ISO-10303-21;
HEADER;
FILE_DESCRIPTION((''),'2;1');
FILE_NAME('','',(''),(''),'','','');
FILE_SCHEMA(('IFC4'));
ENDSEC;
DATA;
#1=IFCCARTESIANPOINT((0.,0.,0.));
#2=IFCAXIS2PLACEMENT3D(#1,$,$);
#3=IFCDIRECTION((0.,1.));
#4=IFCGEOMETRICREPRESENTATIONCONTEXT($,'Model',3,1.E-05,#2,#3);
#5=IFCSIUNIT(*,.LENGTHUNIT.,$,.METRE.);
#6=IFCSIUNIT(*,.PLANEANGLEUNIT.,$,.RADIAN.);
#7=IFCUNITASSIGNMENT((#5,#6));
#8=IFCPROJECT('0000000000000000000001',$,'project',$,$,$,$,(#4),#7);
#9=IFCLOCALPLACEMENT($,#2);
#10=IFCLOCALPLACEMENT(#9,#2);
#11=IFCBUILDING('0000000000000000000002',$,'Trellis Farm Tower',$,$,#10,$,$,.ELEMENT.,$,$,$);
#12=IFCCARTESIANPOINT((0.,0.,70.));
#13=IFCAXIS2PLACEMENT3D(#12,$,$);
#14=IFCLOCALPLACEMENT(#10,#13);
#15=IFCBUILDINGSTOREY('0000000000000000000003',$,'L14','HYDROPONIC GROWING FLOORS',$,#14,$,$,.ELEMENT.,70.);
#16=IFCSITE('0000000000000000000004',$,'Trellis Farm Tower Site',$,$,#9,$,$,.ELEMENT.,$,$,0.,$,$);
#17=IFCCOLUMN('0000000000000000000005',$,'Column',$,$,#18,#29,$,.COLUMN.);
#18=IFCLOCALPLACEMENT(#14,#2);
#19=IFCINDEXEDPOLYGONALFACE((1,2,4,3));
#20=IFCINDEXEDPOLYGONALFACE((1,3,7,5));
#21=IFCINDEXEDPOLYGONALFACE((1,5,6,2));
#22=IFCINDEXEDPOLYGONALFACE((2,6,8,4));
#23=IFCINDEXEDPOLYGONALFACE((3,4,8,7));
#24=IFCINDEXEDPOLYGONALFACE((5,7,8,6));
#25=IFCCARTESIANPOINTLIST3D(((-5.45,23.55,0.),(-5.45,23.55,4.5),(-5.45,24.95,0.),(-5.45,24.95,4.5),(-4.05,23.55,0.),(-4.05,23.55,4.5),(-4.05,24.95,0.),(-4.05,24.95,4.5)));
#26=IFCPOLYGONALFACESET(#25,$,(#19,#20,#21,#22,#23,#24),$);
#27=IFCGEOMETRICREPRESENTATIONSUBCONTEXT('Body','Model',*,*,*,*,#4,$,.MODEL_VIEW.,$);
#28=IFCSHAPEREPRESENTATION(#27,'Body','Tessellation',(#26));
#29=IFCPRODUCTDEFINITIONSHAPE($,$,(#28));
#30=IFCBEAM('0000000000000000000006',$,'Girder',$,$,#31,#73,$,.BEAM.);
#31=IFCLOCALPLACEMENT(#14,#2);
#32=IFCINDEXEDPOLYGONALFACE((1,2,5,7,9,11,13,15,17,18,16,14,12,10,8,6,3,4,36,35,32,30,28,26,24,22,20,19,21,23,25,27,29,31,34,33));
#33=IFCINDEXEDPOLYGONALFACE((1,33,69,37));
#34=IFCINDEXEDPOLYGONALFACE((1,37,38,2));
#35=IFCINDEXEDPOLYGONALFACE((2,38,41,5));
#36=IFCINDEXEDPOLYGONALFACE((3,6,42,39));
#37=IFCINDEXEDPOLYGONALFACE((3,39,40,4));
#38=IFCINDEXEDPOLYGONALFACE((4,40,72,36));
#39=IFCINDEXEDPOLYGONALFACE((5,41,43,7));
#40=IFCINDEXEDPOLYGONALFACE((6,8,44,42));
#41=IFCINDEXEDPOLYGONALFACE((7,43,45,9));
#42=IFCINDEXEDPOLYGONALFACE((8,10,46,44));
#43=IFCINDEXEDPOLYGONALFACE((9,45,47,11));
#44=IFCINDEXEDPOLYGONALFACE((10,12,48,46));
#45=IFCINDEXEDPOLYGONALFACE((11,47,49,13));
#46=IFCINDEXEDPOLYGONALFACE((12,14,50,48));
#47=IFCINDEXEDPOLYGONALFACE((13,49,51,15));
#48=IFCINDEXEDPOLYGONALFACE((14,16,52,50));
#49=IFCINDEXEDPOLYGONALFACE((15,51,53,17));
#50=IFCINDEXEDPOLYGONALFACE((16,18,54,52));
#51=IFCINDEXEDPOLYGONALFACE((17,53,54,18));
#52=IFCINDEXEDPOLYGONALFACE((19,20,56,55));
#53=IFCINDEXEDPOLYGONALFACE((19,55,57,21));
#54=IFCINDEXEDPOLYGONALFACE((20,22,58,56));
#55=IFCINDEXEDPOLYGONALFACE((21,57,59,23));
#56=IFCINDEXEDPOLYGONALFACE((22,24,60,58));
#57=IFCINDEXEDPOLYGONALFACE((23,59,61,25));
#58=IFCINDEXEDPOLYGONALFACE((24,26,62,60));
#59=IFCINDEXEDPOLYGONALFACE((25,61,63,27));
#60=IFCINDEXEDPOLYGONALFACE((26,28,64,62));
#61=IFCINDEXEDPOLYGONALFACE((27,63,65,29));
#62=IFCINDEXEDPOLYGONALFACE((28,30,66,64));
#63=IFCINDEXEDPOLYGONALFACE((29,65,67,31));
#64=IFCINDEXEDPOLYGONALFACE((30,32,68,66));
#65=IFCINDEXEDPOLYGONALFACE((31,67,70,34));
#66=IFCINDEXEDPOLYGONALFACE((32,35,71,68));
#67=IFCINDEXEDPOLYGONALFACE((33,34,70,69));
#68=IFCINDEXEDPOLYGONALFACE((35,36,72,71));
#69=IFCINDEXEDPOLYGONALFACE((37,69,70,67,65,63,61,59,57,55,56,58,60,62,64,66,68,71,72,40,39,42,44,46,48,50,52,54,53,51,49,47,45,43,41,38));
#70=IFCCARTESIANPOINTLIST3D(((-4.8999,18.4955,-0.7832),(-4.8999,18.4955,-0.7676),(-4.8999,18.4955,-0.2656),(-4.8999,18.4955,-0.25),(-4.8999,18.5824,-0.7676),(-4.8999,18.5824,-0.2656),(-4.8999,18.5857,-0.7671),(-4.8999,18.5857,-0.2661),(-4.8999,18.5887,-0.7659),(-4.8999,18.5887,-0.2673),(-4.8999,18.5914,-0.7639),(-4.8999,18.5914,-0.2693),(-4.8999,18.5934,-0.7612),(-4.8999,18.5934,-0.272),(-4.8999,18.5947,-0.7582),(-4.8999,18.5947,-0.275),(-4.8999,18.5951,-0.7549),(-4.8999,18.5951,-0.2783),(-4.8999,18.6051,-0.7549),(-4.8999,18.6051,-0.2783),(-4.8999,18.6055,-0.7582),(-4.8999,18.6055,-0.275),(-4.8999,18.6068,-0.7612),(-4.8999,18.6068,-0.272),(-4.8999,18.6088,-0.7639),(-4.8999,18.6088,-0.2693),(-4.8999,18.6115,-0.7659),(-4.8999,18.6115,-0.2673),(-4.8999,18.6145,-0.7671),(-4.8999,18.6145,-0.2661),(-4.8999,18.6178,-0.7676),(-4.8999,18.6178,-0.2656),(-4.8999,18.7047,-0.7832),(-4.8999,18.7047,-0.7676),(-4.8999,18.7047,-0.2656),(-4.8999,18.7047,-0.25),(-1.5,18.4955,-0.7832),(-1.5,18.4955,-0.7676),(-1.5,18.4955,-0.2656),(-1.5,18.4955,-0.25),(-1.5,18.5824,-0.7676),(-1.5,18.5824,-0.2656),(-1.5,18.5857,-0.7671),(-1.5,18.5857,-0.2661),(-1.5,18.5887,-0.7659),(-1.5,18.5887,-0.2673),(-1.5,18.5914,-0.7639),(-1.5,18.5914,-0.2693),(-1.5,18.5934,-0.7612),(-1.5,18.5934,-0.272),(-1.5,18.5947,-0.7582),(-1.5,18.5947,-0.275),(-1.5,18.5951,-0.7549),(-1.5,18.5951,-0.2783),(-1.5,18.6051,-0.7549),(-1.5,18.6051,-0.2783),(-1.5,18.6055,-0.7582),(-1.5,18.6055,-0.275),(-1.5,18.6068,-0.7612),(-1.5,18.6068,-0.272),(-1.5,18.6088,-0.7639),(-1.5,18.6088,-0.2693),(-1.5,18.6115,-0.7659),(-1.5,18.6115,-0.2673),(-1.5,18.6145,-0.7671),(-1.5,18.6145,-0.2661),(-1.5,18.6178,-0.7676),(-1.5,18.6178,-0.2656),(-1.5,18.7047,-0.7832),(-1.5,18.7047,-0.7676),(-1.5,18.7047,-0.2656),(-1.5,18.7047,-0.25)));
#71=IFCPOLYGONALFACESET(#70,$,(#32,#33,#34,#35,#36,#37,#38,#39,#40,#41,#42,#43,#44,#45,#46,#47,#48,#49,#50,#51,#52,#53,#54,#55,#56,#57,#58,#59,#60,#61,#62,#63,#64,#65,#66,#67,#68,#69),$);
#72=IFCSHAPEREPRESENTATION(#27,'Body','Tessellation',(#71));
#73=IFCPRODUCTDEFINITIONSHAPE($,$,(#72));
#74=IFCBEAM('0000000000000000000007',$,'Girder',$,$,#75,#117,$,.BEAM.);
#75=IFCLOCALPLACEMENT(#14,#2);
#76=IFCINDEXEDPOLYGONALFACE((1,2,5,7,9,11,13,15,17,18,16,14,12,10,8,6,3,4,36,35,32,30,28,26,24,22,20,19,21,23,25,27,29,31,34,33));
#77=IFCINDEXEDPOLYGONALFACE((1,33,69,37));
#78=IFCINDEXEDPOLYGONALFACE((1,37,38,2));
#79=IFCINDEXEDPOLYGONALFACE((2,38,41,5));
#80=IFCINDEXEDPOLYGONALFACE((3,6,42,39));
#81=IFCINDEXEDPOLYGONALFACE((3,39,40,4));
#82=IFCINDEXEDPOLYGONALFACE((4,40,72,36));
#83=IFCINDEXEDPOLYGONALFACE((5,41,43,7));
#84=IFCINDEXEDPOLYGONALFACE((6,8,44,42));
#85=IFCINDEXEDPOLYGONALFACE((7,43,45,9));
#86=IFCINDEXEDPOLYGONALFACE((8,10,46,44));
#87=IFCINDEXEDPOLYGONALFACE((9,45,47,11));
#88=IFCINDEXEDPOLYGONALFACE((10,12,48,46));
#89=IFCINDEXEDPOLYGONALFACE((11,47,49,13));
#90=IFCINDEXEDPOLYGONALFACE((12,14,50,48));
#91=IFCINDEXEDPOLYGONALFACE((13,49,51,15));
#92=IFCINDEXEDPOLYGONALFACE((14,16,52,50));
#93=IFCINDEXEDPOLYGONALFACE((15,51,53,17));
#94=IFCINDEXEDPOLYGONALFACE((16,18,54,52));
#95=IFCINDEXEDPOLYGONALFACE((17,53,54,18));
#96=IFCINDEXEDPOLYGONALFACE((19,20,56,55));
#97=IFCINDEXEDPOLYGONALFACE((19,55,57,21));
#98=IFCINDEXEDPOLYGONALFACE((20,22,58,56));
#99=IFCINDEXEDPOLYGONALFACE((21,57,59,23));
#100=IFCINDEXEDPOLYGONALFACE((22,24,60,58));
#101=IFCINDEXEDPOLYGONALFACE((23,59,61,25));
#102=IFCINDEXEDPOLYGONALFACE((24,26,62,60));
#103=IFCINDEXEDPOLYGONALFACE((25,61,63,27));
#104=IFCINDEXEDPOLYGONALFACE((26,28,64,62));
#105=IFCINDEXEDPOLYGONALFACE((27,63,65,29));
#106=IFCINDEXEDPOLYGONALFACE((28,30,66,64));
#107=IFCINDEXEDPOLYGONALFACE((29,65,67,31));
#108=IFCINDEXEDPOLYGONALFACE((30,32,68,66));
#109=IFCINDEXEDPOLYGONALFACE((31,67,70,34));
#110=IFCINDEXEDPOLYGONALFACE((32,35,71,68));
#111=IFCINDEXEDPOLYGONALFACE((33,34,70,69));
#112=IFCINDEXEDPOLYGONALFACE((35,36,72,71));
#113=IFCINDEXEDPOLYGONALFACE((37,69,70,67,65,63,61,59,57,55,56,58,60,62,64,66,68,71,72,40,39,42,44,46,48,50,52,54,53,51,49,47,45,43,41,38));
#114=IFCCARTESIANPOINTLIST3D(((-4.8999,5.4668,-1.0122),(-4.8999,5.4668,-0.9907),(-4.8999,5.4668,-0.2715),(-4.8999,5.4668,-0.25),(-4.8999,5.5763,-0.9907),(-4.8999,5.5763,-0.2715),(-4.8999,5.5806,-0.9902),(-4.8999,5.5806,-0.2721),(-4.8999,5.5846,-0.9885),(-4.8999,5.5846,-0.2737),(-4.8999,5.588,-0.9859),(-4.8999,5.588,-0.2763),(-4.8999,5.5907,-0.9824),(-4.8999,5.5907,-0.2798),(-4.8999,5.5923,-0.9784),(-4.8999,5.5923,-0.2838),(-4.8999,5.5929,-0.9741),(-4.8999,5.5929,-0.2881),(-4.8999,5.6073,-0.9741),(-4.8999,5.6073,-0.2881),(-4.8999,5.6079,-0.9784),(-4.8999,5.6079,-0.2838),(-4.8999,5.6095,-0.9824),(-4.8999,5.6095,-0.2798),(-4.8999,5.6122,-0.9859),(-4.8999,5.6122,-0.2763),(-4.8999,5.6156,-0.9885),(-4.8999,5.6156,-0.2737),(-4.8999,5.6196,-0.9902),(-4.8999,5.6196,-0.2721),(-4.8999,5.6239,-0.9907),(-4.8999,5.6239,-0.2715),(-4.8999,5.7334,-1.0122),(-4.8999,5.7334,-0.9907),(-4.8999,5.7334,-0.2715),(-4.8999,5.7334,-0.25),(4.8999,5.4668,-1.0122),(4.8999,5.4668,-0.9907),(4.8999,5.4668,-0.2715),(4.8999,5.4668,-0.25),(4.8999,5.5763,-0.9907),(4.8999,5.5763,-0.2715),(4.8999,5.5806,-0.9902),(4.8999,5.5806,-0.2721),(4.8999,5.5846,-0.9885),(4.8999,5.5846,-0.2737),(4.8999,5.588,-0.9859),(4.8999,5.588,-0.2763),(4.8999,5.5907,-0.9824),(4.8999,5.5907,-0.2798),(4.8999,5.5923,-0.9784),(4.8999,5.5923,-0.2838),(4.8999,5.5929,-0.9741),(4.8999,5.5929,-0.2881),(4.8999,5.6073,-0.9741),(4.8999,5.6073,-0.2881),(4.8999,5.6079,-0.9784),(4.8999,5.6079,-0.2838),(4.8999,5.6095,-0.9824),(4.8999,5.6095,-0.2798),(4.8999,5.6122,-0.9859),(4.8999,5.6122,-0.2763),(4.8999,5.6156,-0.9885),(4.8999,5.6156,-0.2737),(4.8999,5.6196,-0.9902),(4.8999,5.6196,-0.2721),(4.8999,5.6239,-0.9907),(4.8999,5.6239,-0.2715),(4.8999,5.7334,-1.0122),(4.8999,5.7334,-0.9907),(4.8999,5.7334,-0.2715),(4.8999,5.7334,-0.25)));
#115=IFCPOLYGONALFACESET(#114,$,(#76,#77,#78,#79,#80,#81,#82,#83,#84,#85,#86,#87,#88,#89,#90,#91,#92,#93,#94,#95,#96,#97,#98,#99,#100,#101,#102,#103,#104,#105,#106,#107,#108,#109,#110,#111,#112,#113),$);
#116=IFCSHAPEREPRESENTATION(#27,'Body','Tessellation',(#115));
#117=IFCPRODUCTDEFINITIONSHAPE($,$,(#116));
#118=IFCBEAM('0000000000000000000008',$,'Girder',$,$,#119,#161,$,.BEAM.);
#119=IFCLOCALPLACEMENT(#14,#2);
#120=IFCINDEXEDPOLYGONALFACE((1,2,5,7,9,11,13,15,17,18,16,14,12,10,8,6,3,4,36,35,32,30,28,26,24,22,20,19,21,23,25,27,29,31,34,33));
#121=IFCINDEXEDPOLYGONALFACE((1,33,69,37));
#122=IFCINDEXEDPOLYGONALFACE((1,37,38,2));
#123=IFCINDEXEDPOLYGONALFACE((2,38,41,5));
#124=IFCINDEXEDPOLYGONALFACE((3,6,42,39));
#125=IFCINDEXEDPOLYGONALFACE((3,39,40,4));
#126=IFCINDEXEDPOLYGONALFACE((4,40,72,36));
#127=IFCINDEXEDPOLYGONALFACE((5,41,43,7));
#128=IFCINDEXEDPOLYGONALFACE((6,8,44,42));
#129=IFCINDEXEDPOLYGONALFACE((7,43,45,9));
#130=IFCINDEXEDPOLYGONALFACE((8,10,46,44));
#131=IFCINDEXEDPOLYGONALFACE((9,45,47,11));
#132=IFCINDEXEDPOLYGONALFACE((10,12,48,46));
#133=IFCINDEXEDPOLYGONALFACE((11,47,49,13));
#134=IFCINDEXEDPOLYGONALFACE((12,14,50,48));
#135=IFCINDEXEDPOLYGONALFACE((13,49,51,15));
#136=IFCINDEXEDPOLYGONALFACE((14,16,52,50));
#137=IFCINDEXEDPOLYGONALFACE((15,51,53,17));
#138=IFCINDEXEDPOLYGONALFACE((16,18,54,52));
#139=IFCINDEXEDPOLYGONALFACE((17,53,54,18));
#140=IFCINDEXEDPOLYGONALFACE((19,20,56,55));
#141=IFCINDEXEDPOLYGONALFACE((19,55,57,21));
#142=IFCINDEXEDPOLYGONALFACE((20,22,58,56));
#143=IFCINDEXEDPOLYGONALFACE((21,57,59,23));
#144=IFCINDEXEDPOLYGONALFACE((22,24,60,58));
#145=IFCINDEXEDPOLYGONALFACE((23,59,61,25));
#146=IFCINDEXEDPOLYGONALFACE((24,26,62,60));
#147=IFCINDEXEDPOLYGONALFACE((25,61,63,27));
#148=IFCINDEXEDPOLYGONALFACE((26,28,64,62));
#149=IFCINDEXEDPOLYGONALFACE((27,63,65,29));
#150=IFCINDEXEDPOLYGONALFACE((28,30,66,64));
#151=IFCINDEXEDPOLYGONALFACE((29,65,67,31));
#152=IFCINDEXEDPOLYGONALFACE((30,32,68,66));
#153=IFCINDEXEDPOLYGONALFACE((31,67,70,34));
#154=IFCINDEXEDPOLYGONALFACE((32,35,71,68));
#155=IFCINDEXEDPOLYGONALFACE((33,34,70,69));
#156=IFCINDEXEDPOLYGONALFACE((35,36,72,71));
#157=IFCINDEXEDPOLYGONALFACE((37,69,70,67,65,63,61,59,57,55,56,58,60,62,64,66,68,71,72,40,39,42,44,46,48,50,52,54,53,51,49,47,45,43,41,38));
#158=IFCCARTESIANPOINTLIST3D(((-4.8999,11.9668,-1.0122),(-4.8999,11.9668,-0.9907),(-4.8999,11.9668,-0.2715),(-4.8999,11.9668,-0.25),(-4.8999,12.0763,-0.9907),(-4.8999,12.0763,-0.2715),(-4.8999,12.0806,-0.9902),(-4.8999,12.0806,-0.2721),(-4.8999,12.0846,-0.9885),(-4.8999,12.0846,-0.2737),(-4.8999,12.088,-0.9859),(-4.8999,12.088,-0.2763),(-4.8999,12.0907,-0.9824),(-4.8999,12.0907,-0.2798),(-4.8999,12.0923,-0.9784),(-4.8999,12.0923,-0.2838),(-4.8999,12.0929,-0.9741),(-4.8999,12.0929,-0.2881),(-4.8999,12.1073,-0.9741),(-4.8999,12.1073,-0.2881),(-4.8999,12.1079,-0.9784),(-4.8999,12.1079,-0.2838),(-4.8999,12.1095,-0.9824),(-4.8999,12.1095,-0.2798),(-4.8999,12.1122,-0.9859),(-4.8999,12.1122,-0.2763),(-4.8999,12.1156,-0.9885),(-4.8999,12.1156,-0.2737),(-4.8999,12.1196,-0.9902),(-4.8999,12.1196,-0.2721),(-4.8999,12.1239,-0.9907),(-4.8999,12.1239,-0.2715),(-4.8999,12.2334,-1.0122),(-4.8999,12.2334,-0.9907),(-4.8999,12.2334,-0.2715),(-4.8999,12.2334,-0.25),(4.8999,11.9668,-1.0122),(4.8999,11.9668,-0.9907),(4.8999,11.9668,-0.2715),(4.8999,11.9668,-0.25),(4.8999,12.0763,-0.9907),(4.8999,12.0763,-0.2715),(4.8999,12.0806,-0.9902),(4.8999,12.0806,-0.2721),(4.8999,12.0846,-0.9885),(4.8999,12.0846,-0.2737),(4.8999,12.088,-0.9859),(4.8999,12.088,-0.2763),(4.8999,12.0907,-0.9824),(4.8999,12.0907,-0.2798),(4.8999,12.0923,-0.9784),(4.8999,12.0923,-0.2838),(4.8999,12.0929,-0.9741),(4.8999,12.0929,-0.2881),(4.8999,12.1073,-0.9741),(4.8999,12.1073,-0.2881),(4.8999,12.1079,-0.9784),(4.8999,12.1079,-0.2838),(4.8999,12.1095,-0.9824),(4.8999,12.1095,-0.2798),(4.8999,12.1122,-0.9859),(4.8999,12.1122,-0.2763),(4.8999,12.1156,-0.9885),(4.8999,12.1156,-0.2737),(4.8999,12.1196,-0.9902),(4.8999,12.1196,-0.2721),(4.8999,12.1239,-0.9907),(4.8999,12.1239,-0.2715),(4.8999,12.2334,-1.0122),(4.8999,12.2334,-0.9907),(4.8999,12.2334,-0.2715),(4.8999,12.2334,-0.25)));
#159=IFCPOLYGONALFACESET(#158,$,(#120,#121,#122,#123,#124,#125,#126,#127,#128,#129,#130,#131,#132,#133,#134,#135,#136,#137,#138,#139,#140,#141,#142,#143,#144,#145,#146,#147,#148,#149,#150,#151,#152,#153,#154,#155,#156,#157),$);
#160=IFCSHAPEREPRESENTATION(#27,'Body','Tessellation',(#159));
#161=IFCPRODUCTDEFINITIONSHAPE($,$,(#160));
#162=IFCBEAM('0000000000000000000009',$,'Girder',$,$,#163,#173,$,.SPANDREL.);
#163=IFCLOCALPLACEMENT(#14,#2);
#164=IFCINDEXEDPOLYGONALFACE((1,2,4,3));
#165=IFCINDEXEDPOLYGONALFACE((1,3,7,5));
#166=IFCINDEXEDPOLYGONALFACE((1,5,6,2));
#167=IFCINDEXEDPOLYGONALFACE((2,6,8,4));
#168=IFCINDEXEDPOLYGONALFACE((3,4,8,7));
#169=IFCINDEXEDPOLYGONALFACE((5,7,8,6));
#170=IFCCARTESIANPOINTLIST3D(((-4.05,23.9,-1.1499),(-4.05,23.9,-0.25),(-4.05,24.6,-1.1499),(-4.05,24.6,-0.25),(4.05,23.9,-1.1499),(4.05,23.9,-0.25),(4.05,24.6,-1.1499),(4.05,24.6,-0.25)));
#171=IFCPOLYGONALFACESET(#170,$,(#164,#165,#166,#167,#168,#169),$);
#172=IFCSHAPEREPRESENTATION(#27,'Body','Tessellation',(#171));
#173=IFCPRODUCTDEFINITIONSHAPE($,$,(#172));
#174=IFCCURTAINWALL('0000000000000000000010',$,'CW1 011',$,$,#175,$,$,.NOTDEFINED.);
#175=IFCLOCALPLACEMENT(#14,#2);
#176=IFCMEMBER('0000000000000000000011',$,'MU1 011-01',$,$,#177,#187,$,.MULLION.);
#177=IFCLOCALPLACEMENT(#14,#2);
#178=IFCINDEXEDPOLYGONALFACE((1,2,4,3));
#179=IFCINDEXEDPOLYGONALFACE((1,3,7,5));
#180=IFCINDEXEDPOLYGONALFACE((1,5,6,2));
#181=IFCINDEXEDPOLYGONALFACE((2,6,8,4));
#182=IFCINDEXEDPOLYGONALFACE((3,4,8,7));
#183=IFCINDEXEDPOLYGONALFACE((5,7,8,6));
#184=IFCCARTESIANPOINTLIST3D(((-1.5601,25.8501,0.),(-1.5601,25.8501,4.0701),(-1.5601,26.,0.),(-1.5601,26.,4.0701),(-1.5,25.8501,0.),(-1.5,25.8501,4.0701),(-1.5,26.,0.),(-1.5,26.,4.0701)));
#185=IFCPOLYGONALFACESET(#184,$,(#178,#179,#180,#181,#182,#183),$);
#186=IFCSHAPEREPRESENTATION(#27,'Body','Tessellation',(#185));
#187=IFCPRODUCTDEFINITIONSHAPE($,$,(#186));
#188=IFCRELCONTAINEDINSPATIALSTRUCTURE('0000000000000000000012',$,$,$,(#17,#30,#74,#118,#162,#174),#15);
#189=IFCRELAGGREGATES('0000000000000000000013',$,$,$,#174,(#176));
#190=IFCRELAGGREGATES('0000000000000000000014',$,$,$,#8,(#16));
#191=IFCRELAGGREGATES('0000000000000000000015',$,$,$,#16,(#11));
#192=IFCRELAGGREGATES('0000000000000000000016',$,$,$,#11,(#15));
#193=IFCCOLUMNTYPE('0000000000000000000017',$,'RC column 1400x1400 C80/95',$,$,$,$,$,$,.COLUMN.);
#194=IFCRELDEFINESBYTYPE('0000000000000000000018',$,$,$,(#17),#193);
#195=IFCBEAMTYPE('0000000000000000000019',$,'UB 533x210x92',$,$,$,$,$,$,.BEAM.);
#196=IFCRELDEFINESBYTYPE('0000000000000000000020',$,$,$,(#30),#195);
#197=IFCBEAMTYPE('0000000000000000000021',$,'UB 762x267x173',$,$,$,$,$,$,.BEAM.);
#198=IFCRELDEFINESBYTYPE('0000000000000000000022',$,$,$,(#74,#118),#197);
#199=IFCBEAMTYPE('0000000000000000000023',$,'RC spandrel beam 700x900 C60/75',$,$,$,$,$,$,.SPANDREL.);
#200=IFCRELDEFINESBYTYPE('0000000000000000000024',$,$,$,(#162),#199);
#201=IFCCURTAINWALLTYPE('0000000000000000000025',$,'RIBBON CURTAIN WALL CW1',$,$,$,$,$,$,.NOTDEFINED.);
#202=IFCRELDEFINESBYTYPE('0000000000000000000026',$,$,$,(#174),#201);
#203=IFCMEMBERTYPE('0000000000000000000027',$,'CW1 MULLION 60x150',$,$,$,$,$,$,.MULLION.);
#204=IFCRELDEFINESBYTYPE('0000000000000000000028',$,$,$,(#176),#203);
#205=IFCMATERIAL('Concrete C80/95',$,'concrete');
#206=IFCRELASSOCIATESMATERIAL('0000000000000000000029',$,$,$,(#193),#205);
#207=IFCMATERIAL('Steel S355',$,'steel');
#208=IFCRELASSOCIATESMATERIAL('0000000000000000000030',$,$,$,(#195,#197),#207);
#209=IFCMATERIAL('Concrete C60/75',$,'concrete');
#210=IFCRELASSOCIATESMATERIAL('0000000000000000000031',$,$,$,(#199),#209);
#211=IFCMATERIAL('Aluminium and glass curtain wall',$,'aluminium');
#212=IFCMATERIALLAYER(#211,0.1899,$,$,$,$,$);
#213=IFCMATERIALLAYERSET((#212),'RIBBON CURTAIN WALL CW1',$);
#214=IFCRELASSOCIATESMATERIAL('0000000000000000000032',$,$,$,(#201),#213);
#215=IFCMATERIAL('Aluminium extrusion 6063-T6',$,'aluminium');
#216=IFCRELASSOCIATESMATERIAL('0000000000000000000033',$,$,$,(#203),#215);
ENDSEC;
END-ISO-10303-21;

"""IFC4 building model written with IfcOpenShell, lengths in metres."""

from ifc_helpers import new_model, si_unit, direction, frame, origin, origin_2d, place, context, subcontext, project, spatial, rectangle, i_section, extrude, source, transform, mapped, material, layer, layer_set, material_profile, profile_set, type_object, element, aggregate, save


model = new_model("IFC4")

# Units and contexts
model_context = context("Model", 3, precision=1e-05, world=origin(), true_north=direction((0.0, 1.0)))
body_context = subcontext(model_context, "Body", "Model", "MODEL_VIEW")
ifc_project = project(units=[si_unit("LENGTHUNIT", "METRE"), si_unit("PLANEANGLEUNIT", "RADIAN")], contexts=[model_context])

# Site, building, storey
site_placement = place(None, origin())
site = spatial("IfcSite", under=ifc_project, at=site_placement, Name="Trellis Farm Tower Site", CompositionType="ELEMENT", RefElevation=0.0)
building_placement = place(site_placement, origin())
building = spatial("IfcBuilding", under=site, at=building_placement, Name="Trellis Farm Tower", CompositionType="ELEMENT")
storey_placement = place(building_placement, frame((0.0, 0.0, 70.0)))
storey = spatial("IfcBuildingStorey", under=building, at=storey_placement, Name="L14", Description="HYDROPONIC GROWING FLOORS", CompositionType="ELEMENT", Elevation=70.0)

# Column
ifc_material_1 = material(Name="Concrete C80/95", Category="concrete")
ifc_material_profile_1 = material_profile(ifc_material_1, rectangle(XDim=1.3999, YDim=1.3999, at=origin_2d()), Name="RC column 1400x1400 C80/95")
ifc_profile_set_1 = profile_set([ifc_material_profile_1], Name="Concrete C80/95")
column_type = type_object("IfcColumnType", Name="RC column 1400x1400 C80/95", PredefinedType="COLUMN", material=ifc_profile_set_1)
shared_shape_1 = source(origin(), body_context, "Body", "SweptSolid", [
    extrude(rectangle(XDim=1.3999, YDim=1.3999, at=origin_2d()), origin(), (0.0, 0.0, 1.0), 4.5),
])
column_placement = place(storey_placement, frame((-4.75, 24.25, 0.0), z_axis=(0.0, 0.0, 1.0), x_axis=(1.0, 0.0, 0.0)))
element("IfcColumn", 1, at=column_placement, inside=storey, type_object=column_type, Name="Column", PredefinedType="COLUMN", context=body_context, shape_type="MappedRepresentation", body=[
    mapped(shared_shape_1, transform((0.0, 0.0, 0.0))),
])

# Beams
ifc_material_2 = material(Name="Steel S355", Category="steel")
ifc_material_profile_2 = material_profile(ifc_material_2, i_section(OverallWidth=0.2092, OverallDepth=0.5332, WebThickness=0.01, FlangeThickness=0.0156, FilletRadius=0.0127, at=origin_2d()), Name="UB 533x210x92")
ifc_profile_set_2 = profile_set([ifc_material_profile_2], Name="Steel S355")
beam_type_1 = type_object("IfcBeamType", Name="UB 533x210x92", PredefinedType="BEAM", material=ifc_profile_set_2)
shared_shape_2 = source(origin(), body_context, "Body", "SweptSolid", [
    extrude(i_section(OverallWidth=0.2092, OverallDepth=0.5332, WebThickness=0.01, FlangeThickness=0.0156, FilletRadius=0.0127, at=origin_2d()), origin(), (0.0, 0.0, 1.0), 3.3999),
])
beam_1_placement = place(storey_placement, frame((-4.8999, 18.6001, -0.5166), z_axis=(1.0, 0.0, 0.0), x_axis=(0.0, 1.0, 0.0)))
element("IfcBeam", 2, at=beam_1_placement, inside=storey, type_object=beam_type_1, Name="Girder", PredefinedType="BEAM", context=body_context, shape_type="MappedRepresentation", body=[
    mapped(shared_shape_2, transform((0.0, 0.0, 0.0))),
])
ifc_material_profile_3 = material_profile(ifc_material_2, i_section(OverallWidth=0.2666, OverallDepth=0.7622, WebThickness=0.0144, FlangeThickness=0.0215, FilletRadius=0.0166, at=origin_2d()), Name="UB 762x267x173")
ifc_profile_set_3 = profile_set([ifc_material_profile_3], Name="Steel S355")
beam_type_2 = type_object("IfcBeamType", Name="UB 762x267x173", PredefinedType="BEAM", material=ifc_profile_set_3)
shared_shape_3 = source(origin(), body_context, "Body", "SweptSolid", [
    extrude(i_section(OverallWidth=0.2666, OverallDepth=0.7622, WebThickness=0.0144, FlangeThickness=0.0215, FilletRadius=0.0166, at=origin_2d()), origin(), (0.0, 0.0, 1.0), 9.7998),
])
for number, where, z_axis, x_axis, name in (
    (3, (-4.8999, 5.6001, -0.6311), (1.0, 0.0, 0.0), (0.0, 1.0, 0.0), "Girder"),
    (4, (-4.8999, 12.1001, -0.6311), (1.0, 0.0, 0.0), (0.0, 1.0, 0.0), "Girder"),
):
    element("IfcBeam", number, at=place(storey_placement, frame(where, z_axis=z_axis, x_axis=x_axis)), inside=storey, type_object=beam_type_2, Name=name, PredefinedType="BEAM", context=body_context, shape_type="MappedRepresentation", body=[
        mapped(shared_shape_3, transform((0.0, 0.0, 0.0))),
    ])
ifc_material_3 = material(Name="Concrete C60/75", Category="concrete")
ifc_material_profile_4 = material_profile(ifc_material_3, rectangle(XDim=0.7, YDim=0.8999, at=origin_2d()), Name="RC spandrel beam 700x900 C60/75")
ifc_profile_set_4 = profile_set([ifc_material_profile_4], Name="Concrete C60/75")
beam_type_3 = type_object("IfcBeamType", Name="RC spandrel beam 700x900 C60/75", PredefinedType="SPANDREL", material=ifc_profile_set_4)
shared_shape_4 = source(origin(), body_context, "Body", "SweptSolid", [
    extrude(rectangle(XDim=0.7, YDim=0.8999, at=origin_2d()), origin(), (0.0, 0.0, 1.0), 8.1001),
])
beam_2_placement = place(storey_placement, frame((-4.05, 24.25, -0.7), z_axis=(1.0, 0.0, 0.0), x_axis=(0.0, 1.0, 0.0)))
element("IfcBeam", 5, at=beam_2_placement, inside=storey, type_object=beam_type_3, Name="Girder", PredefinedType="SPANDREL", context=body_context, shape_type="MappedRepresentation", body=[
    mapped(shared_shape_4, transform((0.0, 0.0, 0.0))),
])

# Curtain wall, member
ifc_material_4 = material(Name="Aluminium and glass curtain wall", Category="aluminium")
ifc_layer_1 = layer(ifc_material_4, 0.1899)
ifc_layer_set_1 = layer_set([ifc_layer_1], Name="RIBBON CURTAIN WALL CW1")
curtain_wall_type = type_object("IfcCurtainWallType", Name="RIBBON CURTAIN WALL CW1", PredefinedType="NOTDEFINED", material=ifc_layer_set_1)
placement = place(storey_placement, origin())
curtain_wall_1 = element("IfcCurtainWall", 6, at=placement, inside=storey, type_object=curtain_wall_type, Name="CW1 011", PredefinedType="NOTDEFINED")
ifc_material_5 = material(Name="Aluminium extrusion 6063-T6", Category="aluminium")
ifc_material_profile_5 = material_profile(ifc_material_5, rectangle(XDim=0.0601, YDim=0.1499, at=origin_2d()), Name="MULLION 60x150")
ifc_profile_set_5 = profile_set([ifc_material_profile_5], Name="Aluminium extrusion 6063-T6")
member_type = type_object("IfcMemberType", Name="CW1 MULLION 60x150", PredefinedType="MULLION", material=ifc_profile_set_5)
shared_shape_5 = source(origin(), body_context, "Body", "SweptSolid", [
    extrude(rectangle(XDim=0.0601, YDim=0.1499, at=origin_2d()), origin(), (0.0, 0.0, 1.0), 4.0701),
])
member_placement = place(storey_placement, frame((-1.53, 25.925, 0.0), z_axis=(0.0, 0.0, 1.0), x_axis=(-1.0, 0.0, 0.0)))
member = element("IfcMember", 7, at=member_placement, type_object=member_type, Name="MU1 011-01", PredefinedType="MULLION", context=body_context, shape_type="MappedRepresentation", body=[
    mapped(shared_shape_5, transform((0.0, 0.0, 0.0))),
])
aggregate(curtain_wall_1, [member])

save(model, "model.ifc")
